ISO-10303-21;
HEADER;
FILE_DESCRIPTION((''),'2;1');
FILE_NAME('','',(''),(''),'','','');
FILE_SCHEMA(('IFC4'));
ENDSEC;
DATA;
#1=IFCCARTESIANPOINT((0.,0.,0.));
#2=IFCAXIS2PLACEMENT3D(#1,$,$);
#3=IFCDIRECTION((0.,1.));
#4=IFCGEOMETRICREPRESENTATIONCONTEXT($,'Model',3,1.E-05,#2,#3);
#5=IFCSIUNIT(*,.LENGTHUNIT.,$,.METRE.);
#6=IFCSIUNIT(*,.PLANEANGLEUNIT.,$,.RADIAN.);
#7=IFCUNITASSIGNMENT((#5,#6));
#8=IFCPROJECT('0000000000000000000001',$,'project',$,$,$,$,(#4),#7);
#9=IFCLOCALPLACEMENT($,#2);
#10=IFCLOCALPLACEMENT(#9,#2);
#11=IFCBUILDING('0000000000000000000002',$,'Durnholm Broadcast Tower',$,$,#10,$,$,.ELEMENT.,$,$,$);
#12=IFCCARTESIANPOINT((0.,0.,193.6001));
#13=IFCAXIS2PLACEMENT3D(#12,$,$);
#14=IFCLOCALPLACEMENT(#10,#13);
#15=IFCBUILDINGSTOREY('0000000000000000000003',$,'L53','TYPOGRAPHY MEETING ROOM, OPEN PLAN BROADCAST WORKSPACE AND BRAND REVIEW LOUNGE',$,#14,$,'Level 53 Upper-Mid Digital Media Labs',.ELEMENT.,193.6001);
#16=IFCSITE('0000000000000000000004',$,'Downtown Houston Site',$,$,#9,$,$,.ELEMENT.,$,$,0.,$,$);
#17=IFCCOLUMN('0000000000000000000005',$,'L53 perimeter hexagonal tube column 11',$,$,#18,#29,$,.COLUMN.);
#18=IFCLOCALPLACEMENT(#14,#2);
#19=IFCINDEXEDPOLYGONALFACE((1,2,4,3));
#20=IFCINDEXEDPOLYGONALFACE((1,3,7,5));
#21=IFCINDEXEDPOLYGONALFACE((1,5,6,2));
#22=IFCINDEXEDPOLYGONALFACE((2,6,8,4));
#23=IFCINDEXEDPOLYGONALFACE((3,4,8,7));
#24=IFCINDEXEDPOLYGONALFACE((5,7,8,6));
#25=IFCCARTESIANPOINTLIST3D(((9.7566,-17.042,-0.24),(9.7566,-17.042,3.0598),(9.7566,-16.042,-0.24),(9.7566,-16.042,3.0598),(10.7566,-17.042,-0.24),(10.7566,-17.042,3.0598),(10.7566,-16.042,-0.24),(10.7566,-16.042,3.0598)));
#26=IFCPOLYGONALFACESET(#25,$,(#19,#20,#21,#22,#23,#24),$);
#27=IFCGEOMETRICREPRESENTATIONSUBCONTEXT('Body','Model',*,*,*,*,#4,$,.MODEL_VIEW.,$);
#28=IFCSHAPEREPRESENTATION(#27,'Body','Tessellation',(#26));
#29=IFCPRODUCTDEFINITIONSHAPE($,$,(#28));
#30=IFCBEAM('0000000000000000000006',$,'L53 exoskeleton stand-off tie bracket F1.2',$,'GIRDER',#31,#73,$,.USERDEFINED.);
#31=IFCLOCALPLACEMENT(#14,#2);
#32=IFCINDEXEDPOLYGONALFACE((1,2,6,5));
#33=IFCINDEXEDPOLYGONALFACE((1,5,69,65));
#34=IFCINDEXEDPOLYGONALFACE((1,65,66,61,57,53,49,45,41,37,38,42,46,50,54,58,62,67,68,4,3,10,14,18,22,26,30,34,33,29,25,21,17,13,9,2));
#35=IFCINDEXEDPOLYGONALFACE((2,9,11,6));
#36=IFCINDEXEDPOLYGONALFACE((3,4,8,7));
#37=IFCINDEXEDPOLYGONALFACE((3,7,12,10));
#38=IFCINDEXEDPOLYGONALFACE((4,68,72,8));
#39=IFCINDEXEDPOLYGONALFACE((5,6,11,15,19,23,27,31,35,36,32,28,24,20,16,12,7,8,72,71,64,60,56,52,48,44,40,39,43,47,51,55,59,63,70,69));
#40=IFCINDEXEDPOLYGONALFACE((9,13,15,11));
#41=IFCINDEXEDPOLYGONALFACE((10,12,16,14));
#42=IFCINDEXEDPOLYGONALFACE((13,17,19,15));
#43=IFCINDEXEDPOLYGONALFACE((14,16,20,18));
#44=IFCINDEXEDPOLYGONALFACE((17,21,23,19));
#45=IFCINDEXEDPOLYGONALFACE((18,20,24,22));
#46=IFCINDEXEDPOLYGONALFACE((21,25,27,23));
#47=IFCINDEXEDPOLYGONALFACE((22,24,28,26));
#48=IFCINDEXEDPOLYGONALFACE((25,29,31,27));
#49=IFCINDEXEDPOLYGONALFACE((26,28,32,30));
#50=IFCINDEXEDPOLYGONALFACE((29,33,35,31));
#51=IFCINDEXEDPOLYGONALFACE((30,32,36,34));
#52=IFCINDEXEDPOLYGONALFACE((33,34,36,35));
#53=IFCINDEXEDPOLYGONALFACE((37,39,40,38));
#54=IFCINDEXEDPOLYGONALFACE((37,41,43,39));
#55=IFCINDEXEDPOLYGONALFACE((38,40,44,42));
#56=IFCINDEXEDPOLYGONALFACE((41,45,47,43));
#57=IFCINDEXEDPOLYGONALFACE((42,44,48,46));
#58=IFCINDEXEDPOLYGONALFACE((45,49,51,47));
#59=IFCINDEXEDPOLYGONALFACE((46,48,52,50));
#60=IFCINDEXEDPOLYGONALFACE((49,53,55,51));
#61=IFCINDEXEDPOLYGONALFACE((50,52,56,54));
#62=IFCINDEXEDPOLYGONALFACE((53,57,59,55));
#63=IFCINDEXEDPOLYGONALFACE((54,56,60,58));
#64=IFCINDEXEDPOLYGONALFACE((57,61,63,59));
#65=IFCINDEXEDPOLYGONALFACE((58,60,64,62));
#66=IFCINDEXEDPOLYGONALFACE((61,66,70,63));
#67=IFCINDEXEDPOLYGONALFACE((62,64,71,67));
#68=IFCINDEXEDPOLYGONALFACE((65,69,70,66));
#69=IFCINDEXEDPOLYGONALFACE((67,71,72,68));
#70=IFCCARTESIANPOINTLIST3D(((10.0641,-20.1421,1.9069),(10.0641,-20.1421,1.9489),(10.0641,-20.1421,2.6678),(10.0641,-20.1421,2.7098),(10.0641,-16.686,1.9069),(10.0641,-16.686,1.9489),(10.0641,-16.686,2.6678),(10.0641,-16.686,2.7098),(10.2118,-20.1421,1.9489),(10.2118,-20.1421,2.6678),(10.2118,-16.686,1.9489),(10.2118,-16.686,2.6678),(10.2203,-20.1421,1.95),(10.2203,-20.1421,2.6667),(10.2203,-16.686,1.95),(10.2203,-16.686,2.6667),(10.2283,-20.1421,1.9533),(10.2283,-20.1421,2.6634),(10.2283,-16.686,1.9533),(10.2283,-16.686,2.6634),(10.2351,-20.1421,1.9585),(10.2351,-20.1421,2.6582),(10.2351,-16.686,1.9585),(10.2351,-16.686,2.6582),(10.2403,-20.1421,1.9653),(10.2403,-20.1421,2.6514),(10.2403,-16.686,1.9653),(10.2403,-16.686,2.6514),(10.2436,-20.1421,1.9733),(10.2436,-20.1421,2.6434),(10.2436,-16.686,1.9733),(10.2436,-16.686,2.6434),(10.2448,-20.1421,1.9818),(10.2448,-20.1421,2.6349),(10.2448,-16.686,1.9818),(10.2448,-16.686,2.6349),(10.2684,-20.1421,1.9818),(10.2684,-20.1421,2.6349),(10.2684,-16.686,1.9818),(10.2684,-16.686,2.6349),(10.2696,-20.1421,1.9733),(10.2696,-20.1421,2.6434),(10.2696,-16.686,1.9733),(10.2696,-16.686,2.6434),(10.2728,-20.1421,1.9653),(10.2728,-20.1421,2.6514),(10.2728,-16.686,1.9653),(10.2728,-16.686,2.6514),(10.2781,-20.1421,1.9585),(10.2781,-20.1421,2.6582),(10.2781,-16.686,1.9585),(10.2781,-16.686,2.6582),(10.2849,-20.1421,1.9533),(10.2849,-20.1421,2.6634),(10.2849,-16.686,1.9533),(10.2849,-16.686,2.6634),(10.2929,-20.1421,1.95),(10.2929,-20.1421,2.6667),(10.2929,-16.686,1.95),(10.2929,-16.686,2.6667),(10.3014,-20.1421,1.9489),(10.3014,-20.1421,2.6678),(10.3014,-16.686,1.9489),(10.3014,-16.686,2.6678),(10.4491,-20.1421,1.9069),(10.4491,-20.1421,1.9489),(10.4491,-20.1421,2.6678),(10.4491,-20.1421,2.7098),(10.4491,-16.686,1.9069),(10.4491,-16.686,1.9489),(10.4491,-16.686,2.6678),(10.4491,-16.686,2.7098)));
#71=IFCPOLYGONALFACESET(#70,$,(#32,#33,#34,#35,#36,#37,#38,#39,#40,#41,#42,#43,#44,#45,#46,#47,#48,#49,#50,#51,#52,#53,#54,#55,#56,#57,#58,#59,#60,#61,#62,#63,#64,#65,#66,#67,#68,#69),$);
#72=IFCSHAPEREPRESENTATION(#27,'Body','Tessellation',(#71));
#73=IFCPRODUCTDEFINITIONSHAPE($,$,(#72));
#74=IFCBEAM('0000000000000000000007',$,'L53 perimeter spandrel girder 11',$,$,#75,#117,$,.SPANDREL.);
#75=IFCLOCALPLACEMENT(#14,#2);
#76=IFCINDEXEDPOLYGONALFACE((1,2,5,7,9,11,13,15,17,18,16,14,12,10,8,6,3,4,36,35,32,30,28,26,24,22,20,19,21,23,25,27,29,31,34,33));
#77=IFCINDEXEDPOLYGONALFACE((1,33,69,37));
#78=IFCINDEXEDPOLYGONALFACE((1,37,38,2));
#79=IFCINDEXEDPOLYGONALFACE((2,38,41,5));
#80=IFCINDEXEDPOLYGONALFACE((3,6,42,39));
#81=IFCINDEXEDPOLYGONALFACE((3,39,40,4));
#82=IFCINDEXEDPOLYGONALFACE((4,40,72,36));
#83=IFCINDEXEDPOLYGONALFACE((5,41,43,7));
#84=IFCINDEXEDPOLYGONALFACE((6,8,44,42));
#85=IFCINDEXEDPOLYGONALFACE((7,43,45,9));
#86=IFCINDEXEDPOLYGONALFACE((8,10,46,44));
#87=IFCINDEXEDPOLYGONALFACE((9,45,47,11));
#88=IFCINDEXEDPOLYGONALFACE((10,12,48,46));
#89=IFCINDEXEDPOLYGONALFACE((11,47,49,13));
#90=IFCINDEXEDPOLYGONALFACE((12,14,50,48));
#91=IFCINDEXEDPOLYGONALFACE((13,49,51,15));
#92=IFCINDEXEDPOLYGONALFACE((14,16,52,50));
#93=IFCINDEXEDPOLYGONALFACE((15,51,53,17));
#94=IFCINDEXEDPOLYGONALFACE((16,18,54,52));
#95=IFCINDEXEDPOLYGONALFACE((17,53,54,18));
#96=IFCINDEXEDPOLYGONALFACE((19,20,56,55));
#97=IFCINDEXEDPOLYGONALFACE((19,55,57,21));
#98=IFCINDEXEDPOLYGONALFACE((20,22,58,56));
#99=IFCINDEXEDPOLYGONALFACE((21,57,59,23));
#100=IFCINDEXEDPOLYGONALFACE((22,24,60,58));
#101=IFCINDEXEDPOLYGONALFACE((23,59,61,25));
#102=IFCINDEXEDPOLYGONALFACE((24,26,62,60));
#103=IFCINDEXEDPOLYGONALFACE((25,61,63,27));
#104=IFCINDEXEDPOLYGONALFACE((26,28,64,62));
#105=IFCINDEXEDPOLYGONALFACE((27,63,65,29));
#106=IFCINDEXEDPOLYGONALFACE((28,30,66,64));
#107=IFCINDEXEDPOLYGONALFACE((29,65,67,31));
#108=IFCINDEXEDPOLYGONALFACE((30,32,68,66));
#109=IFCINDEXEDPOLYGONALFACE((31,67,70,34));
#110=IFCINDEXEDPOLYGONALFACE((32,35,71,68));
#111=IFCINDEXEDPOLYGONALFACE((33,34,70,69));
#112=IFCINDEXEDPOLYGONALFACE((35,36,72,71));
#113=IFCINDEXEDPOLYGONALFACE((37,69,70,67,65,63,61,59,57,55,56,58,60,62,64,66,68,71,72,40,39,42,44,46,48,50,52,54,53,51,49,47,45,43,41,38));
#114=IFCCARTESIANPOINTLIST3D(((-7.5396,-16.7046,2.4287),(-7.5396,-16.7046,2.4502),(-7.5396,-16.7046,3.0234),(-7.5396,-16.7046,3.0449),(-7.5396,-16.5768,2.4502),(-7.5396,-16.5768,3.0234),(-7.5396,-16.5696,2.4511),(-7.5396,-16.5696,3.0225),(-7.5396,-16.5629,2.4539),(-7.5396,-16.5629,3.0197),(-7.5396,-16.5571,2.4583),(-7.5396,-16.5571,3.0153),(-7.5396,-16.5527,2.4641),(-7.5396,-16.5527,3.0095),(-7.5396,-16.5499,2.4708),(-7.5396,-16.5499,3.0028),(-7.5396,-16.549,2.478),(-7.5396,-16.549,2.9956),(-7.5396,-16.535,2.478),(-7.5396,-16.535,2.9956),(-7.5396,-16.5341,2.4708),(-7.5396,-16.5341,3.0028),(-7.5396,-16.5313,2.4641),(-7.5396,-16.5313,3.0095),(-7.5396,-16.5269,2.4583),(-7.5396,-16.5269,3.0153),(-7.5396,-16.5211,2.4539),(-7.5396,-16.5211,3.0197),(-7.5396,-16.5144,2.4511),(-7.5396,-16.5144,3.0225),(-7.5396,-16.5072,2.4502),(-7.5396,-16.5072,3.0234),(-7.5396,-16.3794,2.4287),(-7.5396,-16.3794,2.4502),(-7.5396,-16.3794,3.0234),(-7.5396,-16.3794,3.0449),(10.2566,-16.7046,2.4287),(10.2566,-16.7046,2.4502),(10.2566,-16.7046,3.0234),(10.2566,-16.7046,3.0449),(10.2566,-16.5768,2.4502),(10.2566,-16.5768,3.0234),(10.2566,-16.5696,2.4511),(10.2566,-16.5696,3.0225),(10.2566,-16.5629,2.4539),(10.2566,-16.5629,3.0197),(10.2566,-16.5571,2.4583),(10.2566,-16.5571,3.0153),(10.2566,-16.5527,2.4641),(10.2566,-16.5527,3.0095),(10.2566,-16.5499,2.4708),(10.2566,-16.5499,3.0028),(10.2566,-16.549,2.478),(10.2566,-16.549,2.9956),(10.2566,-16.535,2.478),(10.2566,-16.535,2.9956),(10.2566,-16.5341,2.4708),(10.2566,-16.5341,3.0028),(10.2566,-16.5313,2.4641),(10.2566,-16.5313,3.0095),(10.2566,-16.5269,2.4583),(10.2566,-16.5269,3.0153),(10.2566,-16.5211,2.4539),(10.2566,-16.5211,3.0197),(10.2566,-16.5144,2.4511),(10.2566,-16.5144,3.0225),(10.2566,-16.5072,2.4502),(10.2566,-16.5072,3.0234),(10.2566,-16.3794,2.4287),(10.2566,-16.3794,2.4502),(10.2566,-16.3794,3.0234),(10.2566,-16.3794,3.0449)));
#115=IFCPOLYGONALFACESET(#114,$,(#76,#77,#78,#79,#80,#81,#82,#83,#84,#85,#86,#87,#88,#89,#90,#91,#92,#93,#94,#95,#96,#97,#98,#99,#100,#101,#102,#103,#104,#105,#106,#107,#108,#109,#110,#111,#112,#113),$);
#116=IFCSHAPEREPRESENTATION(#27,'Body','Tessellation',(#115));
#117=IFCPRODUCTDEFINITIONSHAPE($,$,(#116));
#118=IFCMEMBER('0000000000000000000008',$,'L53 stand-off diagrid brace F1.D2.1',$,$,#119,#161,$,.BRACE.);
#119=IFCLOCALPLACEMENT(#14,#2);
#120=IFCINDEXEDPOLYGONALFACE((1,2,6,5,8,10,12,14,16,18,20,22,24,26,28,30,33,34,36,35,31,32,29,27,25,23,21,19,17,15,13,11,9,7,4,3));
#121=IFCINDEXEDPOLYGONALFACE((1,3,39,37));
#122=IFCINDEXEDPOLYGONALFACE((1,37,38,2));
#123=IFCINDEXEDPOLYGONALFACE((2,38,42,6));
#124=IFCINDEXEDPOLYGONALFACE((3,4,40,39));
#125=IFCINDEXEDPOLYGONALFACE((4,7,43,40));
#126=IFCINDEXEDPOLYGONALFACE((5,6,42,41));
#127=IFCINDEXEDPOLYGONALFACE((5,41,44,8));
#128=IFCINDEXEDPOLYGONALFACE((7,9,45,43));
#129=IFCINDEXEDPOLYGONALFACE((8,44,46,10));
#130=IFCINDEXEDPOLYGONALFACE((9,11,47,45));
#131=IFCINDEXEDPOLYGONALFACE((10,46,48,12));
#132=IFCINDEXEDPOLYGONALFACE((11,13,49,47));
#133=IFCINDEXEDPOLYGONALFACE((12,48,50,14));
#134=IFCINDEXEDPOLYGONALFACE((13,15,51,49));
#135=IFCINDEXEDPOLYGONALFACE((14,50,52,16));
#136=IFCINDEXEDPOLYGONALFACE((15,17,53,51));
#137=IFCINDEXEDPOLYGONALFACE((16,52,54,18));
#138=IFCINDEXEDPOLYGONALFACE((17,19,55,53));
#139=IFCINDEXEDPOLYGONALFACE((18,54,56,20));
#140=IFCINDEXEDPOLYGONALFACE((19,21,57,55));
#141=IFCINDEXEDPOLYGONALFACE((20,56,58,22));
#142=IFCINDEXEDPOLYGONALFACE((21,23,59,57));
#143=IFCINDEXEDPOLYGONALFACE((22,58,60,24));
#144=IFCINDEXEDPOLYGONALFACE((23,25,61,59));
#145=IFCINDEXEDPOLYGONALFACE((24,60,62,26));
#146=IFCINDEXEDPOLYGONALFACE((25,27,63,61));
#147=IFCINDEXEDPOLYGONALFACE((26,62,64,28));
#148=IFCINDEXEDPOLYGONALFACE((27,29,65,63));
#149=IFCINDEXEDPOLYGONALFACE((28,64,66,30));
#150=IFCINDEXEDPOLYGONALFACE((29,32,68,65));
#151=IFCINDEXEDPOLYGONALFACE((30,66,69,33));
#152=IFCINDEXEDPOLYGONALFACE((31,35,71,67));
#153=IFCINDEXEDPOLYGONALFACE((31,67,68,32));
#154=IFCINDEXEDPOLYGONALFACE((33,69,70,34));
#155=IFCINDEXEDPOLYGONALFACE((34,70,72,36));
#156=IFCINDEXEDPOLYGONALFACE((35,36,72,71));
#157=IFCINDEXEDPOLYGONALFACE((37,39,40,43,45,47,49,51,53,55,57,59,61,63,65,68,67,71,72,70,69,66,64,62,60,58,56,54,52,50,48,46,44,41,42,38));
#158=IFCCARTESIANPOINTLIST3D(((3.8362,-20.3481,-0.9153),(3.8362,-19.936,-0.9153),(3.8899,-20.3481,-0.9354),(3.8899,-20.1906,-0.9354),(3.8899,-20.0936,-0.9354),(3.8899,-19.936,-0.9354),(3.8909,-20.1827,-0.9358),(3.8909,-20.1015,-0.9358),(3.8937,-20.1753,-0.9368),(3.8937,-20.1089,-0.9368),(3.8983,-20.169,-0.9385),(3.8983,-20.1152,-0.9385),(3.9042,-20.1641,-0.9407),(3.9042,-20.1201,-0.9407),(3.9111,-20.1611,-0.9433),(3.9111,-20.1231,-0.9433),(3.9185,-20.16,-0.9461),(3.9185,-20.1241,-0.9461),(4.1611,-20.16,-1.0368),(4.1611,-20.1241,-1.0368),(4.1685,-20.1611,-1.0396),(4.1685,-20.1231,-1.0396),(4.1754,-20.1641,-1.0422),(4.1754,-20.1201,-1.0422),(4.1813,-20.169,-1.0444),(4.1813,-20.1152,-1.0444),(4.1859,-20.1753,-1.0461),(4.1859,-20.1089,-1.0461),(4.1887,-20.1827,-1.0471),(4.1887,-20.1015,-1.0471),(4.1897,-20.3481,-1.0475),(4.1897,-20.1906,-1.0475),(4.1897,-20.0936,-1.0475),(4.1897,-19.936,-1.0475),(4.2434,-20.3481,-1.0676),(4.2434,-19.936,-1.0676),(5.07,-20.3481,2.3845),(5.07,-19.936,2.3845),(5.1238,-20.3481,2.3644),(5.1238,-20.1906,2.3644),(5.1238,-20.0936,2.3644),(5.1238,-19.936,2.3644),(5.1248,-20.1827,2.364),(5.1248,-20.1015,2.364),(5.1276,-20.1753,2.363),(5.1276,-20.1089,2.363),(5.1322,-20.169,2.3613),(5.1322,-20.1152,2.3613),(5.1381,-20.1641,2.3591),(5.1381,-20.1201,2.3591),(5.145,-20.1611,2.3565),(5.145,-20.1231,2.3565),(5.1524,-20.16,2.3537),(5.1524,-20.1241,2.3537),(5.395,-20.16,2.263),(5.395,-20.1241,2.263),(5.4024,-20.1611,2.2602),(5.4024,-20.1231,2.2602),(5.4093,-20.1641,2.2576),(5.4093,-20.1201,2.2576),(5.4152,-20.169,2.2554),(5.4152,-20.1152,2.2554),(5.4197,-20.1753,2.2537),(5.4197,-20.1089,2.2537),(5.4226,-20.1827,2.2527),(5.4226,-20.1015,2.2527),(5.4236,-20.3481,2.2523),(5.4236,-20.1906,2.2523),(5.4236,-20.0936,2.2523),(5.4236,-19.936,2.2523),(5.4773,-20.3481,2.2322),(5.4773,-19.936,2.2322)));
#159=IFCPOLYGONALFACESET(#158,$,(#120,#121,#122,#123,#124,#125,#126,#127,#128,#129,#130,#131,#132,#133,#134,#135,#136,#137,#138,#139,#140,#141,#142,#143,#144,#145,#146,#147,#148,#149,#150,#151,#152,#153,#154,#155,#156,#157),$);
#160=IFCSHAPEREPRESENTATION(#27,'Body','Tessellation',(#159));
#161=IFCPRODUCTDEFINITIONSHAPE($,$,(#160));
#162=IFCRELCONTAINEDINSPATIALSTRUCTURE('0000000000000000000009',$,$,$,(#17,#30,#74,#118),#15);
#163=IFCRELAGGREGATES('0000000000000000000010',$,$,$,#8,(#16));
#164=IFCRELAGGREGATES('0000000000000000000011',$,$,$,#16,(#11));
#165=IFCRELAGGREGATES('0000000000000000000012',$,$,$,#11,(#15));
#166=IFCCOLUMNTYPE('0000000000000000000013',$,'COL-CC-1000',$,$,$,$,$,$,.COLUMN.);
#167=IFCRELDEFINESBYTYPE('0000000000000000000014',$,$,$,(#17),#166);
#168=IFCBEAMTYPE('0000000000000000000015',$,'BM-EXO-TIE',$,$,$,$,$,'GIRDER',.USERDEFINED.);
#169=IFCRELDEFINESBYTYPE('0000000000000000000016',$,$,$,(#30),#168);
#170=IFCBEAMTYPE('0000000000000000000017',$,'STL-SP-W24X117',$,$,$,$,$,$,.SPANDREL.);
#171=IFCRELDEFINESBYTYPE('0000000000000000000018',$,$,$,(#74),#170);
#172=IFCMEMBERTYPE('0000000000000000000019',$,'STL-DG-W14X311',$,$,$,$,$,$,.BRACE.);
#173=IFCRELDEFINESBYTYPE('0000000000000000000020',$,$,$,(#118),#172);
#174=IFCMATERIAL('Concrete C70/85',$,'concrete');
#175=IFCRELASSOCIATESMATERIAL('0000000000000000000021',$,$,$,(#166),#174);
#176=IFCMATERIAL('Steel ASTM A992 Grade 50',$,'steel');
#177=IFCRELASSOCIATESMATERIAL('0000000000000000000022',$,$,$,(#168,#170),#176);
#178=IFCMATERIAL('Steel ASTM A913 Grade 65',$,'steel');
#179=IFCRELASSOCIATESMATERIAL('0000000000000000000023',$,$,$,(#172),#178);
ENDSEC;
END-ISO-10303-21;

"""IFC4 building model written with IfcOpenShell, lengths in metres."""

from ifc_helpers import new_model, si_unit, direction, frame, origin, origin_2d, place, context, subcontext, project, spatial, rectangle, i_section, extrude, source, transform, mapped, material, material_profile, profile_set, type_object, type_shapes, element, save


model = new_model("IFC4")

# Units and contexts
model_context = context("Model", 3, precision=1e-05, world=origin(), true_north=direction((0.0, 1.0)))
body_context = subcontext(model_context, "Body", "Model", "MODEL_VIEW")
ifc_project = project(units=[si_unit("LENGTHUNIT", "METRE"), si_unit("PLANEANGLEUNIT", "RADIAN")], contexts=[model_context])

# Site, building, storey
site_placement = place(None, origin())
site = spatial("IfcSite", under=ifc_project, at=site_placement, Name="Downtown Houston Site", CompositionType="ELEMENT", RefElevation=0.0)
building_placement = place(site_placement, origin())
building = spatial("IfcBuilding", under=site, at=building_placement, Name="Durnholm Broadcast Tower", CompositionType="ELEMENT")
storey_placement = place(building_placement, frame((0.0, 0.0, 193.6001)))
storey = spatial("IfcBuildingStorey", under=building, at=storey_placement, Name="L53", Description="TYPOGRAPHY MEETING ROOM, OPEN PLAN BROADCAST WORKSPACE AND BRAND REVIEW LOUNGE", LongName="Level 53 Upper-Mid Digital Media Labs", CompositionType="ELEMENT", Elevation=193.6001)

# Column
ifc_material_1 = material(Name="Concrete C70/85", Category="concrete")
ifc_material_profile_1 = material_profile(ifc_material_1, rectangle(XDim=1.0, YDim=1.0, at=origin_2d()), Name="RC1000X1000")
ifc_profile_set_1 = profile_set([ifc_material_profile_1], Name="Concrete C70/85")
column_type = type_object("IfcColumnType", Name="COL-CC-1000", PredefinedType="COLUMN", material=ifc_profile_set_1)
shared_shape_1 = source(origin(), body_context, "Body", "SweptSolid", [
    extrude(rectangle(XDim=1.0, YDim=1.0, at=origin_2d()), origin(), (0.0, 0.0, 1.0), 3.2998),
])
type_shapes(column_type, [shared_shape_1])
column_placement = place(storey_placement, frame((10.2566, -16.542, -0.24), z_axis=(0.0, 0.0, 1.0), x_axis=(1.0, 0.0, 0.0)))
element("IfcColumn", 1, at=column_placement, inside=storey, type_object=column_type, Name="L53 perimeter hexagonal tube column 11", PredefinedType="COLUMN", context=body_context, shape_type="MappedRepresentation", body=[
    mapped(shared_shape_1, transform((0.0, 0.0, 0.0), x_axis=(1.0, 0.0, 0.0), y_axis=(0.0, 1.0, 0.0), z_axis=(0.0, 0.0, 1.0), scale=1.0)),
])

# Beams
ifc_material_2 = material(Name="Steel ASTM A992 Grade 50", Category="steel")
ifc_material_profile_2 = material_profile(ifc_material_2, i_section(OverallWidth=0.385, OverallDepth=0.803, WebThickness=0.0237, FlangeThickness=0.042, FilletRadius=0.033, at=origin_2d()), Name="W30X261")
ifc_profile_set_2 = profile_set([ifc_material_profile_2], Name="Steel ASTM A992 Grade 50")
beam_type_1 = type_object("IfcBeamType", Name="BM-EXO-TIE", ElementType="GIRDER", PredefinedType="USERDEFINED", material=ifc_profile_set_2)
shared_shape_2 = source(origin(), body_context, "Body", "SweptSolid", [
    extrude(i_section(OverallWidth=0.385, OverallDepth=0.803, WebThickness=0.0237, FlangeThickness=0.042, FilletRadius=0.033, at=origin_2d()), origin(), (0.0, 0.0, 1.0), 3.4561),
])
type_shapes(beam_type_1, [shared_shape_2])
beam_1_placement = place(storey_placement, frame((10.2566, -16.686, 2.3083), z_axis=(0.0, -1.0, 0.0), x_axis=(1.0, 0.0, 0.0)))
element("IfcBeam", 2, at=beam_1_placement, inside=storey, type_object=beam_type_1, Name="L53 exoskeleton stand-off tie bracket F1.2", ObjectType="GIRDER", PredefinedType="USERDEFINED", context=body_context, shape_type="MappedRepresentation", body=[
    mapped(shared_shape_2, transform((0.0, 0.0, 0.0), x_axis=(1.0, 0.0, 0.0), y_axis=(0.0, 1.0, 0.0), z_axis=(0.0, 0.0, 1.0), scale=1.0)),
])
ifc_material_profile_3 = material_profile(ifc_material_2, i_section(OverallWidth=0.3252, OverallDepth=0.6162, WebThickness=0.0139, FlangeThickness=0.0215, FilletRadius=0.0278, at=origin_2d()), Name="W24X117")
ifc_profile_set_3 = profile_set([ifc_material_profile_3], Name="Steel ASTM A992 Grade 50")
beam_type_2 = type_object("IfcBeamType", Name="STL-SP-W24X117", PredefinedType="SPANDREL", material=ifc_profile_set_3)
shared_shape_3 = source(origin(), body_context, "Body", "SweptSolid", [
    extrude(i_section(OverallWidth=0.3252, OverallDepth=0.6162, WebThickness=0.0139, FlangeThickness=0.0215, FilletRadius=0.0278, at=origin_2d()), origin(), (0.0, 0.0, 1.0), 17.7961),
])
type_shapes(beam_type_2, [shared_shape_3])
beam_2_placement = place(storey_placement, frame((10.2566, -16.542, 2.7368), z_axis=(-1.0, 0.0, 0.0), x_axis=(0.0, -1.0, 0.0)))
element("IfcBeam", 3, at=beam_2_placement, inside=storey, type_object=beam_type_2, Name="L53 perimeter spandrel girder 11", PredefinedType="SPANDREL", context=body_context, shape_type="MappedRepresentation", body=[
    mapped(shared_shape_3, transform((0.0, 0.0, 0.0), x_axis=(1.0, 0.0, 0.0), y_axis=(0.0, 1.0, 0.0), z_axis=(0.0, 0.0, 1.0), scale=1.0)),
])

# Member
ifc_material_3 = material(Name="Steel ASTM A913 Grade 65", Category="steel")
ifc_material_profile_4 = material_profile(ifc_material_3, i_section(OverallWidth=0.4121, OverallDepth=0.4348, WebThickness=0.0359, FlangeThickness=0.0574, FilletRadius=0.0305, at=origin_2d()), Name="W14X311")
ifc_profile_set_4 = profile_set([ifc_material_profile_4], Name="Steel ASTM A913 Grade 65")
member_type_1 = type_object("IfcMemberType", Name="STL-DG-W14X311", PredefinedType="BRACE", material=ifc_profile_set_4)
shared_shape_4 = source(origin(), body_context, "Body", "SweptSolid", [
    extrude(i_section(OverallWidth=0.4121, OverallDepth=0.4348, WebThickness=0.0359, FlangeThickness=0.0574, FilletRadius=0.0305, at=origin_2d()), origin(), (0.0, 0.0, 1.0), 3.5229),
])
type_shapes(member_type_1, [shared_shape_4])
for number, where, z_axis, x_axis, name in (
    (4, (4.0398, -20.1421, -0.9915), (0.350242, 0.0, 0.936659), (0.0, 1.0, 0.0), "L53 stand-off diagrid brace F1.D2.1"),
):
    element("IfcMember", number, at=place(storey_placement, frame(where, z_axis=z_axis, x_axis=x_axis)), inside=storey, type_object=member_type_1, Name=name, PredefinedType="BRACE", context=body_context, shape_type="MappedRepresentation", body=[
        mapped(shared_shape_4, transform((0.0, 0.0, 0.0), x_axis=(1.0, 0.0, 0.0), y_axis=(0.0, 1.0, 0.0), z_axis=(0.0, 0.0, 1.0), scale=1.0)),
    ])

save(model, "model.ifc")
